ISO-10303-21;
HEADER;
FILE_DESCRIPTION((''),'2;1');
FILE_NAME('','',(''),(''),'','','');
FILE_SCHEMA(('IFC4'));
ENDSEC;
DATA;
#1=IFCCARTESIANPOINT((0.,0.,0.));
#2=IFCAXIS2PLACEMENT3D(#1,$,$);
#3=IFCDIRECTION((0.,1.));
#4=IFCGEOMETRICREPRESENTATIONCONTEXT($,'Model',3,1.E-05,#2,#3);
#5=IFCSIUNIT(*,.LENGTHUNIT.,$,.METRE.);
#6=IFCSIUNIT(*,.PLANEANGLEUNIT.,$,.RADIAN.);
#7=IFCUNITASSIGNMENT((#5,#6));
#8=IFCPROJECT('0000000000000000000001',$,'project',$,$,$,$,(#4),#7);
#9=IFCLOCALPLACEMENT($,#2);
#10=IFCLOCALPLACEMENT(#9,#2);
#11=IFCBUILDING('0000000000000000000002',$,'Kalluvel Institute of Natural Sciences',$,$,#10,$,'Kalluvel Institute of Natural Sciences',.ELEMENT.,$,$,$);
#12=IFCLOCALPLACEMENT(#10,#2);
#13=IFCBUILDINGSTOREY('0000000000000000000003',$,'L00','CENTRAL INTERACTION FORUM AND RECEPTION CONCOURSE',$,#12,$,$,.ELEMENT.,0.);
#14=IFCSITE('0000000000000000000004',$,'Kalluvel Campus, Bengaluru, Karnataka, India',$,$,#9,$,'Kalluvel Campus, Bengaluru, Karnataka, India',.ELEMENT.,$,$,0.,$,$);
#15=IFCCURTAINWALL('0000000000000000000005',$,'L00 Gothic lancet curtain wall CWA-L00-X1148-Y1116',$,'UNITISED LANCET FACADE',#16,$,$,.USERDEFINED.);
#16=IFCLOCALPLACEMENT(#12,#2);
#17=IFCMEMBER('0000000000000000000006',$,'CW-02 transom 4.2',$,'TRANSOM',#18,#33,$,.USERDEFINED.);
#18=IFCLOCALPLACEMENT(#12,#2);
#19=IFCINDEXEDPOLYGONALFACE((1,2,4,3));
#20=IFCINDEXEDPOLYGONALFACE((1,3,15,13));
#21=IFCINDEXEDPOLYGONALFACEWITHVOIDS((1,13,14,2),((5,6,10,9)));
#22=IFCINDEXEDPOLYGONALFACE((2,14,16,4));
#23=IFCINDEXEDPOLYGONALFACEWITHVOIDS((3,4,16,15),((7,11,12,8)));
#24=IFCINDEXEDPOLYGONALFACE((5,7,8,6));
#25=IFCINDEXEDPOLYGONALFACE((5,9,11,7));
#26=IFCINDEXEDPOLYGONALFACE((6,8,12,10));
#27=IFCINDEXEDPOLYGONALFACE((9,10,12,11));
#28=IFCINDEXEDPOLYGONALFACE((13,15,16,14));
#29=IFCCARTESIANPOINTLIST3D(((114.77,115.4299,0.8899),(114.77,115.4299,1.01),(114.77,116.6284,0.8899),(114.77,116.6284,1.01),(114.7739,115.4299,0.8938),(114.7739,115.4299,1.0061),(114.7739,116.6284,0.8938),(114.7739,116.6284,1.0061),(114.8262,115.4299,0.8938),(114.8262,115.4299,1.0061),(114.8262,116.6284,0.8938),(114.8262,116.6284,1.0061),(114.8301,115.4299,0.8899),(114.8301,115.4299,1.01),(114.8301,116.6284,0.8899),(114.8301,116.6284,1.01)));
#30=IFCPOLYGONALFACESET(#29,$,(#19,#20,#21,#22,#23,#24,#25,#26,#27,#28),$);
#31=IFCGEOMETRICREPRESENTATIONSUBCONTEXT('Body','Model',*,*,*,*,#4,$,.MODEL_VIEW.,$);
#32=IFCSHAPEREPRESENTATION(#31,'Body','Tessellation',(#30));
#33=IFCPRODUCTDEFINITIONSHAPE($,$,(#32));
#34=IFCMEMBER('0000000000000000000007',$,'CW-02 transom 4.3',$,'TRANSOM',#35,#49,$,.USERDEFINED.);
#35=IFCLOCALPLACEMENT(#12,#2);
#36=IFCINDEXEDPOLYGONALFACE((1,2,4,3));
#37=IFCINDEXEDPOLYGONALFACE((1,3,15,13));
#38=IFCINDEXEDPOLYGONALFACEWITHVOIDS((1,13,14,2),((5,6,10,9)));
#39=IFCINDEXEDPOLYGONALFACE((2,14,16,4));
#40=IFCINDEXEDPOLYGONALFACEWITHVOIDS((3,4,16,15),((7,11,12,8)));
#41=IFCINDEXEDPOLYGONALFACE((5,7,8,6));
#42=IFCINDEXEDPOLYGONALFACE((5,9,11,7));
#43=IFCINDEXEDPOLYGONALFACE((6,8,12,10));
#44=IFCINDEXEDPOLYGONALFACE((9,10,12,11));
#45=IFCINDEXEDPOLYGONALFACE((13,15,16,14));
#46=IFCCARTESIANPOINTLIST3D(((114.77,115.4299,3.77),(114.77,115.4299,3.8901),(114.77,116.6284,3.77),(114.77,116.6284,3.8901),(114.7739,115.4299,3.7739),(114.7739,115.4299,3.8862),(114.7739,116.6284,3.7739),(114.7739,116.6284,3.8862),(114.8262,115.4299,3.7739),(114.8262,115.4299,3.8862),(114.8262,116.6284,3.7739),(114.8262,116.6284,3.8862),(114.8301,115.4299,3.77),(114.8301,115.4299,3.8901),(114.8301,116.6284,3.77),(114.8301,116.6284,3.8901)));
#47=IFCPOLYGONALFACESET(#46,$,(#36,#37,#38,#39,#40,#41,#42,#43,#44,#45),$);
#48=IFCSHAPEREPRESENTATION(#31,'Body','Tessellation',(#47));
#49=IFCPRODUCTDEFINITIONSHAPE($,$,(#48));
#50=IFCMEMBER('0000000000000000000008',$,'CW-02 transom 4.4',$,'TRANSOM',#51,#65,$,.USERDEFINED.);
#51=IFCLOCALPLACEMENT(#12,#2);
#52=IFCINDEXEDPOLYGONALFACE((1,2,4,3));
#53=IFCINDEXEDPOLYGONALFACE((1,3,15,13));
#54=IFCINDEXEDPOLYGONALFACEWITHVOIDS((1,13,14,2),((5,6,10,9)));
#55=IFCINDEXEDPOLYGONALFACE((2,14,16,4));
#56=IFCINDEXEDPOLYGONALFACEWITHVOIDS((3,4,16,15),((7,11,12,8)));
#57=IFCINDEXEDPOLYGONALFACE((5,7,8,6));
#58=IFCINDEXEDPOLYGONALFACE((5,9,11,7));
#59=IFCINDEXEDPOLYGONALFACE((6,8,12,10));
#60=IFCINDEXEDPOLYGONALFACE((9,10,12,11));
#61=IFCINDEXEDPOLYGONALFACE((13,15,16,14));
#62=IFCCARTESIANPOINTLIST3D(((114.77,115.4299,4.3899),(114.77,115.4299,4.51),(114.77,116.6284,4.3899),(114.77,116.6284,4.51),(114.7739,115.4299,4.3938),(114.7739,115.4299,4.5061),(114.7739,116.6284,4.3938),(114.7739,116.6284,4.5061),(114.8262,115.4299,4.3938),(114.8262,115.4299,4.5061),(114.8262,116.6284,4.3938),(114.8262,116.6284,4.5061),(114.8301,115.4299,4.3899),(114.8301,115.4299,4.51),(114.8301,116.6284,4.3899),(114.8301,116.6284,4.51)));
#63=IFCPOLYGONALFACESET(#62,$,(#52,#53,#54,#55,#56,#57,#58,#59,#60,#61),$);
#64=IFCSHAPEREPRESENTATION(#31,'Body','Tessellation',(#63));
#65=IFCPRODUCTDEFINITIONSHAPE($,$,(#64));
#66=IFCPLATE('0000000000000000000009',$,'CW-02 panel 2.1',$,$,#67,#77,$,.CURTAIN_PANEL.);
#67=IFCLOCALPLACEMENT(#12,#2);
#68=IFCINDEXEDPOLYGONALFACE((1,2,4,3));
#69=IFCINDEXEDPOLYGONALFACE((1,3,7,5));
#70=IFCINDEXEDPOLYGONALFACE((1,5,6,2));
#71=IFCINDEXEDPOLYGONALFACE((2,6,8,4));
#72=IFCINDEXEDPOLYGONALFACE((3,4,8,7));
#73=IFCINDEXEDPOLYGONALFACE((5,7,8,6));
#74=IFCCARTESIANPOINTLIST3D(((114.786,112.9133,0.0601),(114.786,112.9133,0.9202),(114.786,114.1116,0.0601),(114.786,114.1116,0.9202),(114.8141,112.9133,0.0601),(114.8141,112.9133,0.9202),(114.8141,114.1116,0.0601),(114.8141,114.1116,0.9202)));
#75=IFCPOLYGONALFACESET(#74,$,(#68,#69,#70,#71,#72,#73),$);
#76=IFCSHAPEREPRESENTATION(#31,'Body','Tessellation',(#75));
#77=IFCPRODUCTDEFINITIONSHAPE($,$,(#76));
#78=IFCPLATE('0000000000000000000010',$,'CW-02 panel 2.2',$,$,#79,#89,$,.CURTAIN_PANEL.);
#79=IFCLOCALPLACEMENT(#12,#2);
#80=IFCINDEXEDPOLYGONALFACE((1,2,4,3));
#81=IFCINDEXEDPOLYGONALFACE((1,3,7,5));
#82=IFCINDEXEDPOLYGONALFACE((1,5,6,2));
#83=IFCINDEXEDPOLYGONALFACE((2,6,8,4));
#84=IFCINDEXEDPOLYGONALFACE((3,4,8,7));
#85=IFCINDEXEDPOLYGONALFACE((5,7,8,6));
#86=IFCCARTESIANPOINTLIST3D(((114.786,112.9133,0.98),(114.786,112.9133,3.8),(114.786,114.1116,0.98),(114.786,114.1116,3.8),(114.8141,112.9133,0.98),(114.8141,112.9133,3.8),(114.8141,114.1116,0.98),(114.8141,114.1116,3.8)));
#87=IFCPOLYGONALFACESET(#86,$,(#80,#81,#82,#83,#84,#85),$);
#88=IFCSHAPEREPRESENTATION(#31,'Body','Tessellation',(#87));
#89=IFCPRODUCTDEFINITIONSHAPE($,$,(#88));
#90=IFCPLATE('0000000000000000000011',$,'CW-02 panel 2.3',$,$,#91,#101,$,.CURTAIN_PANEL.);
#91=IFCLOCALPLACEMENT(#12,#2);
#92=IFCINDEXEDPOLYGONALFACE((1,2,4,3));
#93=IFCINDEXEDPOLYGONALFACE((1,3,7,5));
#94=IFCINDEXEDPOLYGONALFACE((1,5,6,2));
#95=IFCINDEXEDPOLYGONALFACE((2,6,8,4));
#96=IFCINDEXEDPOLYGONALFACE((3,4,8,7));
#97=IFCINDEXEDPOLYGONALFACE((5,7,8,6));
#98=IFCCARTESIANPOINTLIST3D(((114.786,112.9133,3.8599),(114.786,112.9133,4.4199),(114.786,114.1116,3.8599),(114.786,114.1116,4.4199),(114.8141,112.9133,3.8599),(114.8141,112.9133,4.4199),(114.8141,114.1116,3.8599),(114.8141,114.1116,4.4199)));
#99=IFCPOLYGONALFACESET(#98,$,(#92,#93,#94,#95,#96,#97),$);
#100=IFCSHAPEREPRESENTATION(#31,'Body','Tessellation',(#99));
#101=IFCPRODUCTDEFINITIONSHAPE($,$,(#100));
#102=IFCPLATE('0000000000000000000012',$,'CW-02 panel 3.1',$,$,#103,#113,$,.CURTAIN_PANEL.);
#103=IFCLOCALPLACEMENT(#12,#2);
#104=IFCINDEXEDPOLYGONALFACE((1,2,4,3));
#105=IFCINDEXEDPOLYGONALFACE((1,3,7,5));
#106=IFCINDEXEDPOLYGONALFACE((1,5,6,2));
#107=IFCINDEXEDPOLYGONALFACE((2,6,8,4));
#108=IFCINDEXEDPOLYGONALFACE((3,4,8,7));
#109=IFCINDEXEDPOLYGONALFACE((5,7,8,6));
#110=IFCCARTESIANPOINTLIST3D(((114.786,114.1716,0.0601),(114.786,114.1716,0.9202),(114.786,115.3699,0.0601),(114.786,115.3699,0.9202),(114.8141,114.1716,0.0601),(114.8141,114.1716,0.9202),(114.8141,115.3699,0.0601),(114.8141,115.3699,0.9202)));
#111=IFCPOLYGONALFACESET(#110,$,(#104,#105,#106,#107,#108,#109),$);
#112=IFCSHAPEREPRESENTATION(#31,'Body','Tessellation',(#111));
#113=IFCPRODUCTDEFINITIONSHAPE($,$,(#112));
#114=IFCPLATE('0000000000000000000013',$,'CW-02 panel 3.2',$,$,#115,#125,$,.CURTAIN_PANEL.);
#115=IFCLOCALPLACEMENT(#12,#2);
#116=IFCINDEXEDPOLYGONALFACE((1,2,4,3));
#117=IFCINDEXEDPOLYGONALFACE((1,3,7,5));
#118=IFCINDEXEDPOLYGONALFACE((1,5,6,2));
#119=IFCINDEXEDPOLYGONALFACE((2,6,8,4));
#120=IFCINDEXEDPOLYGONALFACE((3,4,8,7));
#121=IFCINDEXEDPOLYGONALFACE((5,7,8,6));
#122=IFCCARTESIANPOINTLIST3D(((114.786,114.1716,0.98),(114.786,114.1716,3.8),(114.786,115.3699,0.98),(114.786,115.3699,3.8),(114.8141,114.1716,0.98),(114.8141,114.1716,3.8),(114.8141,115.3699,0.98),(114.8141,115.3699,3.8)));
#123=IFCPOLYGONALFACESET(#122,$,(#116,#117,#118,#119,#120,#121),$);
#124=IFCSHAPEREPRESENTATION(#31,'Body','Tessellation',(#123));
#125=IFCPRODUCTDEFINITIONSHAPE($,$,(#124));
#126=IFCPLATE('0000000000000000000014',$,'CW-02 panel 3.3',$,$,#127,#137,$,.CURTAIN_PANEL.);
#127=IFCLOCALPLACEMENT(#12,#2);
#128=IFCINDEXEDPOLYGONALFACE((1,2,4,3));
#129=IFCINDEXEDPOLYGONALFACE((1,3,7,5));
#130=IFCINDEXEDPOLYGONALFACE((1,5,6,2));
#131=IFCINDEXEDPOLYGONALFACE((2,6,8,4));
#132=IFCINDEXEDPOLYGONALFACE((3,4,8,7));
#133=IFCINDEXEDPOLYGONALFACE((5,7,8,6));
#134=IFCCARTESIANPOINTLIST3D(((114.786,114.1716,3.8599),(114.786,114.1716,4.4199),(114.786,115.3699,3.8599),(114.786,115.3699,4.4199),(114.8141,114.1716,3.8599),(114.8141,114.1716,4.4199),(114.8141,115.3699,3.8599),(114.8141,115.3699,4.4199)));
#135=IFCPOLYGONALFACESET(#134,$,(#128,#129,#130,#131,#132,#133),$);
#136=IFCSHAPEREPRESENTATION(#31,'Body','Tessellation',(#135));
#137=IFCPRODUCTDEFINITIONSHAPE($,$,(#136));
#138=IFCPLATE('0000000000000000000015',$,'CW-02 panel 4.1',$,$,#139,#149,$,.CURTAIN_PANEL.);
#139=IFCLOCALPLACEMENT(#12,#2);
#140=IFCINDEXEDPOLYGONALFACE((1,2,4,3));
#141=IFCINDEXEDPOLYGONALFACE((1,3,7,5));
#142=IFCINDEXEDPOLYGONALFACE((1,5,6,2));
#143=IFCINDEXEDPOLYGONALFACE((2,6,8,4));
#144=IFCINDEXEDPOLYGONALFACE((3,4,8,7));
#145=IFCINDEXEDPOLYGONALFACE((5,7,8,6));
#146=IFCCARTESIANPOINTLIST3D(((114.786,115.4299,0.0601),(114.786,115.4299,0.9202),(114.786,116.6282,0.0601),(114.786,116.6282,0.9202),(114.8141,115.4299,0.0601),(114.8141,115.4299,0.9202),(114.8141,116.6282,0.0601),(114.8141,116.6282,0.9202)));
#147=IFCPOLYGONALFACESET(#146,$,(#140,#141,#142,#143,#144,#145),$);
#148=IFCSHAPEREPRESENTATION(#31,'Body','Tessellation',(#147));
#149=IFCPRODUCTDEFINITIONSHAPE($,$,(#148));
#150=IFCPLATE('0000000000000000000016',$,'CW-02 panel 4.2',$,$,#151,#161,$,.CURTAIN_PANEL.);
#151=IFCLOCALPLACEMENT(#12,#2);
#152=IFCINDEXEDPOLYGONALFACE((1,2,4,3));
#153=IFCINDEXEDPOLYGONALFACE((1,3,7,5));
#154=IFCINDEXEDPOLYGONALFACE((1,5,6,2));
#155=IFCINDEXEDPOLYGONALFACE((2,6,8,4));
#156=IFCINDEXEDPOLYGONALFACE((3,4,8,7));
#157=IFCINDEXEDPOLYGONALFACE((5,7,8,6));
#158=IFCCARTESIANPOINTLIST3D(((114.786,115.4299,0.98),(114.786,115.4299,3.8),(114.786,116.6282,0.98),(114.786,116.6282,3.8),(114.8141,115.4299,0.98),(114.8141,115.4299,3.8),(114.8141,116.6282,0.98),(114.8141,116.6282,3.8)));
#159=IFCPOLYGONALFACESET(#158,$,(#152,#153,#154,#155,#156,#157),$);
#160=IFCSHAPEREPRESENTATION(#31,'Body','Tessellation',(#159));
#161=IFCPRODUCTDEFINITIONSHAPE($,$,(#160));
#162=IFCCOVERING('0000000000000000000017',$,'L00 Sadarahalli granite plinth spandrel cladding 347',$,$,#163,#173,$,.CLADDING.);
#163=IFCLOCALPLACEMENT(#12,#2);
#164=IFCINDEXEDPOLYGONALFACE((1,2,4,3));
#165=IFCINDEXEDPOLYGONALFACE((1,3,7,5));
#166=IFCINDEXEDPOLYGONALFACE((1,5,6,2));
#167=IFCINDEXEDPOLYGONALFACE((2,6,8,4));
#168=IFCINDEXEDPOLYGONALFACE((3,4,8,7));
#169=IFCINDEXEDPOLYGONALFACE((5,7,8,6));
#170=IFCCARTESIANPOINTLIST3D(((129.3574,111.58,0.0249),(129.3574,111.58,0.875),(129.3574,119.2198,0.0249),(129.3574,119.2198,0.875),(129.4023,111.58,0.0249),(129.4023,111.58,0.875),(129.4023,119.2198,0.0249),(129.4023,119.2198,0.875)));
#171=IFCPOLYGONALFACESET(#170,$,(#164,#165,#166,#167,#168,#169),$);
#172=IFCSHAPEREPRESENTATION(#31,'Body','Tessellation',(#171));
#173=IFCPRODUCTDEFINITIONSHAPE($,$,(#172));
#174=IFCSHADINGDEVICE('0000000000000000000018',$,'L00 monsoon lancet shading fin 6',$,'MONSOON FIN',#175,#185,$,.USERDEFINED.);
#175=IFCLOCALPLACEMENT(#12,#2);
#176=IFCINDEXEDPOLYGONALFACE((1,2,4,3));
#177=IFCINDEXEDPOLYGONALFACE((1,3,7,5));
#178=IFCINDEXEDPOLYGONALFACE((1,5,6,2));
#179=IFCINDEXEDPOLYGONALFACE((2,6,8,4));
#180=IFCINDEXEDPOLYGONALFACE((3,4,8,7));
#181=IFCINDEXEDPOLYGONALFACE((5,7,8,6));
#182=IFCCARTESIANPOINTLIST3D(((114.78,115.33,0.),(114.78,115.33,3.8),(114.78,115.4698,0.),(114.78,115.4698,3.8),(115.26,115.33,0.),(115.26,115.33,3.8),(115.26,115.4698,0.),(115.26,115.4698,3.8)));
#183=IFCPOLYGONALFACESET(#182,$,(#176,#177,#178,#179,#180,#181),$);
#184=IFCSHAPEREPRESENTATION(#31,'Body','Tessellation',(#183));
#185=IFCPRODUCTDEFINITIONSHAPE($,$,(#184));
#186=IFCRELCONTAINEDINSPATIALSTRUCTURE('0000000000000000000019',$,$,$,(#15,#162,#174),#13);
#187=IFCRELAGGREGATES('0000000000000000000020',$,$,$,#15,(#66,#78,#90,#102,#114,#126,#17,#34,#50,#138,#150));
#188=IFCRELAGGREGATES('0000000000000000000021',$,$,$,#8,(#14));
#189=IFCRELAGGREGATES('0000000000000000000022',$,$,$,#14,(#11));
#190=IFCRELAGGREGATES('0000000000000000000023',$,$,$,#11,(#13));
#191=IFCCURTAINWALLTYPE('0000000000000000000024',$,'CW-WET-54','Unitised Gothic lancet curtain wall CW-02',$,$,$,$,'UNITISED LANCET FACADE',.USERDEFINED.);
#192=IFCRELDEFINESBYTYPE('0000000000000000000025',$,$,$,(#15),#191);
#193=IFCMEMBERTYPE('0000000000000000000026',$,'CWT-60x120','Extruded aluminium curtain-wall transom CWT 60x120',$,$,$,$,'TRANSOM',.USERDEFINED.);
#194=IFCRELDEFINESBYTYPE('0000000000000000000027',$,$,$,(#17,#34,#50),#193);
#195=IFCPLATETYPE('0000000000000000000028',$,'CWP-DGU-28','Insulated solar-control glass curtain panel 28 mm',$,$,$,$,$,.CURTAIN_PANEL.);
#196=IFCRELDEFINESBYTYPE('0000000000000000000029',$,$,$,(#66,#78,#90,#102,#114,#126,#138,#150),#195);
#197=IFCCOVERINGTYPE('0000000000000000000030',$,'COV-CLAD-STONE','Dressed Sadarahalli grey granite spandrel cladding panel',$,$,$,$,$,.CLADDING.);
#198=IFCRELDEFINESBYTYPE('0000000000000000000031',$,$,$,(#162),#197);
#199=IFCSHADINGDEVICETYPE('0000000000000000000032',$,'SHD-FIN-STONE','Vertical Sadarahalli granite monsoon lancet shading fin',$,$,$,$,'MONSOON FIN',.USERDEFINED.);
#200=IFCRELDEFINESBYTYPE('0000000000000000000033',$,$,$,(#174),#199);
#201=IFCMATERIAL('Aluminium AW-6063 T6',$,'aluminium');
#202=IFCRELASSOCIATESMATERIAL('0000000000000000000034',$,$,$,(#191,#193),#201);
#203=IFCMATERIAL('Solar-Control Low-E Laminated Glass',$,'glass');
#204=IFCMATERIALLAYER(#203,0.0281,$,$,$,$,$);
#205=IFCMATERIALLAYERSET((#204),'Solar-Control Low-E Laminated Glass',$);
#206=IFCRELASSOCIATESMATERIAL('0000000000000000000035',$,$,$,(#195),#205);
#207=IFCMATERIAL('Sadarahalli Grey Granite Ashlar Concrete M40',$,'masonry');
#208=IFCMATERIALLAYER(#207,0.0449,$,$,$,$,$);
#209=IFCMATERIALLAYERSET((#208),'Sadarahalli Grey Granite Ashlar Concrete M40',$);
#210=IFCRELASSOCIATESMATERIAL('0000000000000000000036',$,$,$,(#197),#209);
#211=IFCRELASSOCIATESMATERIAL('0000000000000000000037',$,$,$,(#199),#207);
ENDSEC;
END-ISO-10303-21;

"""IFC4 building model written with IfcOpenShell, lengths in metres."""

from ifc_helpers import new_model, si_unit, direction, frame, origin, origin_2d, place, context, subcontext, project, spatial, rectangle, hollow_rectangle, extrude, material, layer, layer_set, material_profile, profile_set, type_object, element, aggregate, save


model = new_model("IFC4")

# Units and contexts
model_context = context("Model", 3, precision=1e-05, world=origin(), true_north=direction((0.0, 1.0)))
body_context = subcontext(model_context, "Body", "Model", "MODEL_VIEW")
ifc_project = project(units=[si_unit("LENGTHUNIT", "METRE"), si_unit("PLANEANGLEUNIT", "RADIAN")], contexts=[model_context])

# Site, building, storey
site_placement = place(None, origin())
site = spatial("IfcSite", under=ifc_project, at=site_placement, Name="Kalluvel Campus, Bengaluru, Karnataka, India", LongName="Kalluvel Campus, Bengaluru, Karnataka, India", CompositionType="ELEMENT", RefElevation=0.0)
building_placement = place(site_placement, origin())
building = spatial("IfcBuilding", under=site, at=building_placement, Name="Kalluvel Institute of Natural Sciences", LongName="Kalluvel Institute of Natural Sciences", CompositionType="ELEMENT")
storey_placement = place(building_placement, origin())
storey = spatial("IfcBuildingStorey", under=building, at=storey_placement, Name="L00", Description="CENTRAL INTERACTION FORUM AND RECEPTION CONCOURSE", CompositionType="ELEMENT", Elevation=0.0)

# Curtain wall, members, plates
ifc_material_1 = material(Name="Aluminium AW-6063 T6", Category="aluminium")
curtain_wall_type = type_object("IfcCurtainWallType", Name="CW-WET-54", Description="Unitised Gothic lancet curtain wall CW-02", ElementType="UNITISED LANCET FACADE", PredefinedType="USERDEFINED", material=ifc_material_1)
curtain_wall_placement = place(storey_placement, origin())
curtain_wall = element("IfcCurtainWall", 1, at=curtain_wall_placement, inside=storey, type_object=curtain_wall_type, Name="L00 Gothic lancet curtain wall CWA-L00-X1148-Y1116", ObjectType="UNITISED LANCET FACADE", PredefinedType="USERDEFINED")
ifc_material_profile_1 = material_profile(ifc_material_1, hollow_rectangle(XDim=0.0601, YDim=0.1201, WallThickness=0.0039, at=origin_2d()), Name="CWT 60x120")
ifc_profile_set_1 = profile_set([ifc_material_profile_1], Name="Aluminium AW-6063 T6")
member_type_1 = type_object("IfcMemberType", Name="CWT-60x120", Description="Extruded aluminium curtain-wall transom CWT 60x120", ElementType="TRANSOM", PredefinedType="USERDEFINED", material=ifc_profile_set_1)
member_1_placement = place(storey_placement, frame((114.8, 115.4299, 0.95), z_axis=(0.0, 1.0, 0.0), x_axis=(-1.0, 0.0, 0.0)))
member_1 = element("IfcMember", 2, at=member_1_placement, type_object=member_type_1, Name="CW-02 transom 4.2", ObjectType="TRANSOM", PredefinedType="USERDEFINED", context=body_context, shape_type="SweptSolid", body=[
    extrude(hollow_rectangle(XDim=0.0601, YDim=0.1201, WallThickness=0.0039, at=origin_2d()), origin(), (0.0, 0.0, 1.0), 1.1985),
])
member_2_placement = place(storey_placement, frame((114.8, 115.4299, 3.8301), z_axis=(0.0, 1.0, 0.0), x_axis=(-1.0, 0.0, 0.0)))
member_2 = element("IfcMember", 3, at=member_2_placement, type_object=member_type_1, Name="CW-02 transom 4.3", ObjectType="TRANSOM", PredefinedType="USERDEFINED", context=body_context, shape_type="SweptSolid", body=[
    extrude(hollow_rectangle(XDim=0.0601, YDim=0.1201, WallThickness=0.0039, at=origin_2d()), origin(), (0.0, 0.0, 1.0), 1.1985),
])
member_3_placement = place(storey_placement, frame((114.8, 115.4299, 4.45), z_axis=(0.0, 1.0, 0.0), x_axis=(-1.0, 0.0, 0.0)))
member_3 = element("IfcMember", 4, at=member_3_placement, type_object=member_type_1, Name="CW-02 transom 4.4", ObjectType="TRANSOM", PredefinedType="USERDEFINED", context=body_context, shape_type="SweptSolid", body=[
    extrude(hollow_rectangle(XDim=0.0601, YDim=0.1201, WallThickness=0.0039, at=origin_2d()), origin(), (0.0, 0.0, 1.0), 1.1985),
])
ifc_material_2 = material(Name="Solar-Control Low-E Laminated Glass", Category="glass")
ifc_layer_1 = layer(ifc_material_2, 0.0281)
ifc_layer_set_1 = layer_set([ifc_layer_1], Name="Solar-Control Low-E Laminated Glass")
plate_type = type_object("IfcPlateType", Name="CWP-DGU-28", Description="Insulated solar-control glass curtain panel 28 mm", PredefinedType="CURTAIN_PANEL", material=ifc_layer_set_1)
plate_1_placement = place(storey_placement, frame((114.8, 113.5125, 0.0601), z_axis=(0.0, 0.0, 1.0), x_axis=(0.0, 1.0, 0.0)))
plate_1 = element("IfcPlate", 5, at=plate_1_placement, type_object=plate_type, Name="CW-02 panel 2.1", PredefinedType="CURTAIN_PANEL", context=body_context, shape_type="SweptSolid", body=[
    extrude(rectangle(XDim=1.1982, YDim=0.0281, at=origin_2d()), origin(), (0.0, 0.0, 1.0), 0.8601),
])
plate_2_placement = place(storey_placement, frame((114.8, 113.5125, 0.98), z_axis=(0.0, 0.0, 1.0), x_axis=(0.0, 1.0, 0.0)))
plate_2 = element("IfcPlate", 6, at=plate_2_placement, type_object=plate_type, Name="CW-02 panel 2.2", PredefinedType="CURTAIN_PANEL", context=body_context, shape_type="SweptSolid", body=[
    extrude(rectangle(XDim=1.1982, YDim=0.0281, at=origin_2d()), origin(), (0.0, 0.0, 1.0), 2.8201),
])
plate_3_placement = place(storey_placement, frame((114.8, 113.5125, 3.8599), z_axis=(0.0, 0.0, 1.0), x_axis=(0.0, 1.0, 0.0)))
plate_3 = element("IfcPlate", 7, at=plate_3_placement, type_object=plate_type, Name="CW-02 panel 2.3", PredefinedType="CURTAIN_PANEL", context=body_context, shape_type="SweptSolid", body=[
    extrude(rectangle(XDim=1.1982, YDim=0.0281, at=origin_2d()), origin(), (0.0, 0.0, 1.0), 0.5601),
])
plate_4_placement = place(storey_placement, frame((114.8, 114.7708, 0.0601), z_axis=(0.0, 0.0, 1.0), x_axis=(0.0, 1.0, 0.0)))
plate_4 = element("IfcPlate", 8, at=plate_4_placement, type_object=plate_type, Name="CW-02 panel 3.1", PredefinedType="CURTAIN_PANEL", context=body_context, shape_type="SweptSolid", body=[
    extrude(rectangle(XDim=1.1982, YDim=0.0281, at=origin_2d()), origin(), (0.0, 0.0, 1.0), 0.8601),
])
plate_5_placement = place(storey_placement, frame((114.8, 114.7708, 0.98), z_axis=(0.0, 0.0, 1.0), x_axis=(0.0, 1.0, 0.0)))
plate_5 = element("IfcPlate", 9, at=plate_5_placement, type_object=plate_type, Name="CW-02 panel 3.2", PredefinedType="CURTAIN_PANEL", context=body_context, shape_type="SweptSolid", body=[
    extrude(rectangle(XDim=1.1982, YDim=0.0281, at=origin_2d()), origin(), (0.0, 0.0, 1.0), 2.8201),
])
plate_6_placement = place(storey_placement, frame((114.8, 114.7708, 3.8599), z_axis=(0.0, 0.0, 1.0), x_axis=(0.0, 1.0, 0.0)))
plate_6 = element("IfcPlate", 10, at=plate_6_placement, type_object=plate_type, Name="CW-02 panel 3.3", PredefinedType="CURTAIN_PANEL", context=body_context, shape_type="SweptSolid", body=[
    extrude(rectangle(XDim=1.1982, YDim=0.0281, at=origin_2d()), origin(), (0.0, 0.0, 1.0), 0.5601),
])
plate_7_placement = place(storey_placement, frame((114.8, 116.0291, 0.0601), z_axis=(0.0, 0.0, 1.0), x_axis=(0.0, 1.0, 0.0)))
plate_7 = element("IfcPlate", 11, at=plate_7_placement, type_object=plate_type, Name="CW-02 panel 4.1", PredefinedType="CURTAIN_PANEL", context=body_context, shape_type="SweptSolid", body=[
    extrude(rectangle(XDim=1.1982, YDim=0.0281, at=origin_2d()), origin(), (0.0, 0.0, 1.0), 0.8601),
])
plate_8_placement = place(storey_placement, frame((114.8, 116.0291, 0.98), z_axis=(0.0, 0.0, 1.0), x_axis=(0.0, 1.0, 0.0)))
plate_8 = element("IfcPlate", 12, at=plate_8_placement, type_object=plate_type, Name="CW-02 panel 4.2", PredefinedType="CURTAIN_PANEL", context=body_context, shape_type="SweptSolid", body=[
    extrude(rectangle(XDim=1.1982, YDim=0.0281, at=origin_2d()), origin(), (0.0, 0.0, 1.0), 2.8201),
])
aggregate(curtain_wall, [plate_1, plate_2, plate_3, plate_4, plate_5, plate_6, member_1, member_2, member_3, plate_7, plate_8])

# Covering
ifc_material_3 = material(Name="Sadarahalli Grey Granite Ashlar Concrete M40", Category="masonry")
ifc_layer_2 = layer(ifc_material_3, 0.0449)
ifc_layer_set_2 = layer_set([ifc_layer_2], Name="Sadarahalli Grey Granite Ashlar Concrete M40")
covering_type = type_object("IfcCoveringType", Name="COV-CLAD-STONE", Description="Dressed Sadarahalli grey granite spandrel cladding panel", PredefinedType="CLADDING", material=ifc_layer_set_2)
covering_placement = place(storey_placement, frame((129.3799, 115.3999, 0.0249), z_axis=(0.0, 0.0, 1.0), x_axis=(0.0, 1.0, 0.0)))
element("IfcCovering", 13, at=covering_placement, inside=storey, type_object=covering_type, Name="L00 Sadarahalli granite plinth spandrel cladding 347", PredefinedType="CLADDING", context=body_context, shape_type="SweptSolid", body=[
    extrude(rectangle(XDim=7.6399, YDim=0.0449, at=origin_2d()), origin(), (0.0, 0.0, 1.0), 0.8501),
])

# Shading device
shading_device_type = type_object("IfcShadingDeviceType", Name="SHD-FIN-STONE", Description="Vertical Sadarahalli granite monsoon lancet shading fin", ElementType="MONSOON FIN", PredefinedType="USERDEFINED", material=ifc_material_3)
shading_device_placement = place(storey_placement, frame((115.02, 115.3999, 0.0), z_axis=(0.0, 0.0, 1.0), x_axis=(0.0, 1.0, 0.0)))
element("IfcShadingDevice", 14, at=shading_device_placement, inside=storey, type_object=shading_device_type, Name="L00 monsoon lancet shading fin 6", ObjectType="MONSOON FIN", PredefinedType="USERDEFINED", context=body_context, shape_type="SweptSolid", body=[
    extrude(rectangle(XDim=0.1399, YDim=0.48, at=origin_2d()), origin(), (0.0, 0.0, 1.0), 3.8),
])

save(model, "model.ifc")
